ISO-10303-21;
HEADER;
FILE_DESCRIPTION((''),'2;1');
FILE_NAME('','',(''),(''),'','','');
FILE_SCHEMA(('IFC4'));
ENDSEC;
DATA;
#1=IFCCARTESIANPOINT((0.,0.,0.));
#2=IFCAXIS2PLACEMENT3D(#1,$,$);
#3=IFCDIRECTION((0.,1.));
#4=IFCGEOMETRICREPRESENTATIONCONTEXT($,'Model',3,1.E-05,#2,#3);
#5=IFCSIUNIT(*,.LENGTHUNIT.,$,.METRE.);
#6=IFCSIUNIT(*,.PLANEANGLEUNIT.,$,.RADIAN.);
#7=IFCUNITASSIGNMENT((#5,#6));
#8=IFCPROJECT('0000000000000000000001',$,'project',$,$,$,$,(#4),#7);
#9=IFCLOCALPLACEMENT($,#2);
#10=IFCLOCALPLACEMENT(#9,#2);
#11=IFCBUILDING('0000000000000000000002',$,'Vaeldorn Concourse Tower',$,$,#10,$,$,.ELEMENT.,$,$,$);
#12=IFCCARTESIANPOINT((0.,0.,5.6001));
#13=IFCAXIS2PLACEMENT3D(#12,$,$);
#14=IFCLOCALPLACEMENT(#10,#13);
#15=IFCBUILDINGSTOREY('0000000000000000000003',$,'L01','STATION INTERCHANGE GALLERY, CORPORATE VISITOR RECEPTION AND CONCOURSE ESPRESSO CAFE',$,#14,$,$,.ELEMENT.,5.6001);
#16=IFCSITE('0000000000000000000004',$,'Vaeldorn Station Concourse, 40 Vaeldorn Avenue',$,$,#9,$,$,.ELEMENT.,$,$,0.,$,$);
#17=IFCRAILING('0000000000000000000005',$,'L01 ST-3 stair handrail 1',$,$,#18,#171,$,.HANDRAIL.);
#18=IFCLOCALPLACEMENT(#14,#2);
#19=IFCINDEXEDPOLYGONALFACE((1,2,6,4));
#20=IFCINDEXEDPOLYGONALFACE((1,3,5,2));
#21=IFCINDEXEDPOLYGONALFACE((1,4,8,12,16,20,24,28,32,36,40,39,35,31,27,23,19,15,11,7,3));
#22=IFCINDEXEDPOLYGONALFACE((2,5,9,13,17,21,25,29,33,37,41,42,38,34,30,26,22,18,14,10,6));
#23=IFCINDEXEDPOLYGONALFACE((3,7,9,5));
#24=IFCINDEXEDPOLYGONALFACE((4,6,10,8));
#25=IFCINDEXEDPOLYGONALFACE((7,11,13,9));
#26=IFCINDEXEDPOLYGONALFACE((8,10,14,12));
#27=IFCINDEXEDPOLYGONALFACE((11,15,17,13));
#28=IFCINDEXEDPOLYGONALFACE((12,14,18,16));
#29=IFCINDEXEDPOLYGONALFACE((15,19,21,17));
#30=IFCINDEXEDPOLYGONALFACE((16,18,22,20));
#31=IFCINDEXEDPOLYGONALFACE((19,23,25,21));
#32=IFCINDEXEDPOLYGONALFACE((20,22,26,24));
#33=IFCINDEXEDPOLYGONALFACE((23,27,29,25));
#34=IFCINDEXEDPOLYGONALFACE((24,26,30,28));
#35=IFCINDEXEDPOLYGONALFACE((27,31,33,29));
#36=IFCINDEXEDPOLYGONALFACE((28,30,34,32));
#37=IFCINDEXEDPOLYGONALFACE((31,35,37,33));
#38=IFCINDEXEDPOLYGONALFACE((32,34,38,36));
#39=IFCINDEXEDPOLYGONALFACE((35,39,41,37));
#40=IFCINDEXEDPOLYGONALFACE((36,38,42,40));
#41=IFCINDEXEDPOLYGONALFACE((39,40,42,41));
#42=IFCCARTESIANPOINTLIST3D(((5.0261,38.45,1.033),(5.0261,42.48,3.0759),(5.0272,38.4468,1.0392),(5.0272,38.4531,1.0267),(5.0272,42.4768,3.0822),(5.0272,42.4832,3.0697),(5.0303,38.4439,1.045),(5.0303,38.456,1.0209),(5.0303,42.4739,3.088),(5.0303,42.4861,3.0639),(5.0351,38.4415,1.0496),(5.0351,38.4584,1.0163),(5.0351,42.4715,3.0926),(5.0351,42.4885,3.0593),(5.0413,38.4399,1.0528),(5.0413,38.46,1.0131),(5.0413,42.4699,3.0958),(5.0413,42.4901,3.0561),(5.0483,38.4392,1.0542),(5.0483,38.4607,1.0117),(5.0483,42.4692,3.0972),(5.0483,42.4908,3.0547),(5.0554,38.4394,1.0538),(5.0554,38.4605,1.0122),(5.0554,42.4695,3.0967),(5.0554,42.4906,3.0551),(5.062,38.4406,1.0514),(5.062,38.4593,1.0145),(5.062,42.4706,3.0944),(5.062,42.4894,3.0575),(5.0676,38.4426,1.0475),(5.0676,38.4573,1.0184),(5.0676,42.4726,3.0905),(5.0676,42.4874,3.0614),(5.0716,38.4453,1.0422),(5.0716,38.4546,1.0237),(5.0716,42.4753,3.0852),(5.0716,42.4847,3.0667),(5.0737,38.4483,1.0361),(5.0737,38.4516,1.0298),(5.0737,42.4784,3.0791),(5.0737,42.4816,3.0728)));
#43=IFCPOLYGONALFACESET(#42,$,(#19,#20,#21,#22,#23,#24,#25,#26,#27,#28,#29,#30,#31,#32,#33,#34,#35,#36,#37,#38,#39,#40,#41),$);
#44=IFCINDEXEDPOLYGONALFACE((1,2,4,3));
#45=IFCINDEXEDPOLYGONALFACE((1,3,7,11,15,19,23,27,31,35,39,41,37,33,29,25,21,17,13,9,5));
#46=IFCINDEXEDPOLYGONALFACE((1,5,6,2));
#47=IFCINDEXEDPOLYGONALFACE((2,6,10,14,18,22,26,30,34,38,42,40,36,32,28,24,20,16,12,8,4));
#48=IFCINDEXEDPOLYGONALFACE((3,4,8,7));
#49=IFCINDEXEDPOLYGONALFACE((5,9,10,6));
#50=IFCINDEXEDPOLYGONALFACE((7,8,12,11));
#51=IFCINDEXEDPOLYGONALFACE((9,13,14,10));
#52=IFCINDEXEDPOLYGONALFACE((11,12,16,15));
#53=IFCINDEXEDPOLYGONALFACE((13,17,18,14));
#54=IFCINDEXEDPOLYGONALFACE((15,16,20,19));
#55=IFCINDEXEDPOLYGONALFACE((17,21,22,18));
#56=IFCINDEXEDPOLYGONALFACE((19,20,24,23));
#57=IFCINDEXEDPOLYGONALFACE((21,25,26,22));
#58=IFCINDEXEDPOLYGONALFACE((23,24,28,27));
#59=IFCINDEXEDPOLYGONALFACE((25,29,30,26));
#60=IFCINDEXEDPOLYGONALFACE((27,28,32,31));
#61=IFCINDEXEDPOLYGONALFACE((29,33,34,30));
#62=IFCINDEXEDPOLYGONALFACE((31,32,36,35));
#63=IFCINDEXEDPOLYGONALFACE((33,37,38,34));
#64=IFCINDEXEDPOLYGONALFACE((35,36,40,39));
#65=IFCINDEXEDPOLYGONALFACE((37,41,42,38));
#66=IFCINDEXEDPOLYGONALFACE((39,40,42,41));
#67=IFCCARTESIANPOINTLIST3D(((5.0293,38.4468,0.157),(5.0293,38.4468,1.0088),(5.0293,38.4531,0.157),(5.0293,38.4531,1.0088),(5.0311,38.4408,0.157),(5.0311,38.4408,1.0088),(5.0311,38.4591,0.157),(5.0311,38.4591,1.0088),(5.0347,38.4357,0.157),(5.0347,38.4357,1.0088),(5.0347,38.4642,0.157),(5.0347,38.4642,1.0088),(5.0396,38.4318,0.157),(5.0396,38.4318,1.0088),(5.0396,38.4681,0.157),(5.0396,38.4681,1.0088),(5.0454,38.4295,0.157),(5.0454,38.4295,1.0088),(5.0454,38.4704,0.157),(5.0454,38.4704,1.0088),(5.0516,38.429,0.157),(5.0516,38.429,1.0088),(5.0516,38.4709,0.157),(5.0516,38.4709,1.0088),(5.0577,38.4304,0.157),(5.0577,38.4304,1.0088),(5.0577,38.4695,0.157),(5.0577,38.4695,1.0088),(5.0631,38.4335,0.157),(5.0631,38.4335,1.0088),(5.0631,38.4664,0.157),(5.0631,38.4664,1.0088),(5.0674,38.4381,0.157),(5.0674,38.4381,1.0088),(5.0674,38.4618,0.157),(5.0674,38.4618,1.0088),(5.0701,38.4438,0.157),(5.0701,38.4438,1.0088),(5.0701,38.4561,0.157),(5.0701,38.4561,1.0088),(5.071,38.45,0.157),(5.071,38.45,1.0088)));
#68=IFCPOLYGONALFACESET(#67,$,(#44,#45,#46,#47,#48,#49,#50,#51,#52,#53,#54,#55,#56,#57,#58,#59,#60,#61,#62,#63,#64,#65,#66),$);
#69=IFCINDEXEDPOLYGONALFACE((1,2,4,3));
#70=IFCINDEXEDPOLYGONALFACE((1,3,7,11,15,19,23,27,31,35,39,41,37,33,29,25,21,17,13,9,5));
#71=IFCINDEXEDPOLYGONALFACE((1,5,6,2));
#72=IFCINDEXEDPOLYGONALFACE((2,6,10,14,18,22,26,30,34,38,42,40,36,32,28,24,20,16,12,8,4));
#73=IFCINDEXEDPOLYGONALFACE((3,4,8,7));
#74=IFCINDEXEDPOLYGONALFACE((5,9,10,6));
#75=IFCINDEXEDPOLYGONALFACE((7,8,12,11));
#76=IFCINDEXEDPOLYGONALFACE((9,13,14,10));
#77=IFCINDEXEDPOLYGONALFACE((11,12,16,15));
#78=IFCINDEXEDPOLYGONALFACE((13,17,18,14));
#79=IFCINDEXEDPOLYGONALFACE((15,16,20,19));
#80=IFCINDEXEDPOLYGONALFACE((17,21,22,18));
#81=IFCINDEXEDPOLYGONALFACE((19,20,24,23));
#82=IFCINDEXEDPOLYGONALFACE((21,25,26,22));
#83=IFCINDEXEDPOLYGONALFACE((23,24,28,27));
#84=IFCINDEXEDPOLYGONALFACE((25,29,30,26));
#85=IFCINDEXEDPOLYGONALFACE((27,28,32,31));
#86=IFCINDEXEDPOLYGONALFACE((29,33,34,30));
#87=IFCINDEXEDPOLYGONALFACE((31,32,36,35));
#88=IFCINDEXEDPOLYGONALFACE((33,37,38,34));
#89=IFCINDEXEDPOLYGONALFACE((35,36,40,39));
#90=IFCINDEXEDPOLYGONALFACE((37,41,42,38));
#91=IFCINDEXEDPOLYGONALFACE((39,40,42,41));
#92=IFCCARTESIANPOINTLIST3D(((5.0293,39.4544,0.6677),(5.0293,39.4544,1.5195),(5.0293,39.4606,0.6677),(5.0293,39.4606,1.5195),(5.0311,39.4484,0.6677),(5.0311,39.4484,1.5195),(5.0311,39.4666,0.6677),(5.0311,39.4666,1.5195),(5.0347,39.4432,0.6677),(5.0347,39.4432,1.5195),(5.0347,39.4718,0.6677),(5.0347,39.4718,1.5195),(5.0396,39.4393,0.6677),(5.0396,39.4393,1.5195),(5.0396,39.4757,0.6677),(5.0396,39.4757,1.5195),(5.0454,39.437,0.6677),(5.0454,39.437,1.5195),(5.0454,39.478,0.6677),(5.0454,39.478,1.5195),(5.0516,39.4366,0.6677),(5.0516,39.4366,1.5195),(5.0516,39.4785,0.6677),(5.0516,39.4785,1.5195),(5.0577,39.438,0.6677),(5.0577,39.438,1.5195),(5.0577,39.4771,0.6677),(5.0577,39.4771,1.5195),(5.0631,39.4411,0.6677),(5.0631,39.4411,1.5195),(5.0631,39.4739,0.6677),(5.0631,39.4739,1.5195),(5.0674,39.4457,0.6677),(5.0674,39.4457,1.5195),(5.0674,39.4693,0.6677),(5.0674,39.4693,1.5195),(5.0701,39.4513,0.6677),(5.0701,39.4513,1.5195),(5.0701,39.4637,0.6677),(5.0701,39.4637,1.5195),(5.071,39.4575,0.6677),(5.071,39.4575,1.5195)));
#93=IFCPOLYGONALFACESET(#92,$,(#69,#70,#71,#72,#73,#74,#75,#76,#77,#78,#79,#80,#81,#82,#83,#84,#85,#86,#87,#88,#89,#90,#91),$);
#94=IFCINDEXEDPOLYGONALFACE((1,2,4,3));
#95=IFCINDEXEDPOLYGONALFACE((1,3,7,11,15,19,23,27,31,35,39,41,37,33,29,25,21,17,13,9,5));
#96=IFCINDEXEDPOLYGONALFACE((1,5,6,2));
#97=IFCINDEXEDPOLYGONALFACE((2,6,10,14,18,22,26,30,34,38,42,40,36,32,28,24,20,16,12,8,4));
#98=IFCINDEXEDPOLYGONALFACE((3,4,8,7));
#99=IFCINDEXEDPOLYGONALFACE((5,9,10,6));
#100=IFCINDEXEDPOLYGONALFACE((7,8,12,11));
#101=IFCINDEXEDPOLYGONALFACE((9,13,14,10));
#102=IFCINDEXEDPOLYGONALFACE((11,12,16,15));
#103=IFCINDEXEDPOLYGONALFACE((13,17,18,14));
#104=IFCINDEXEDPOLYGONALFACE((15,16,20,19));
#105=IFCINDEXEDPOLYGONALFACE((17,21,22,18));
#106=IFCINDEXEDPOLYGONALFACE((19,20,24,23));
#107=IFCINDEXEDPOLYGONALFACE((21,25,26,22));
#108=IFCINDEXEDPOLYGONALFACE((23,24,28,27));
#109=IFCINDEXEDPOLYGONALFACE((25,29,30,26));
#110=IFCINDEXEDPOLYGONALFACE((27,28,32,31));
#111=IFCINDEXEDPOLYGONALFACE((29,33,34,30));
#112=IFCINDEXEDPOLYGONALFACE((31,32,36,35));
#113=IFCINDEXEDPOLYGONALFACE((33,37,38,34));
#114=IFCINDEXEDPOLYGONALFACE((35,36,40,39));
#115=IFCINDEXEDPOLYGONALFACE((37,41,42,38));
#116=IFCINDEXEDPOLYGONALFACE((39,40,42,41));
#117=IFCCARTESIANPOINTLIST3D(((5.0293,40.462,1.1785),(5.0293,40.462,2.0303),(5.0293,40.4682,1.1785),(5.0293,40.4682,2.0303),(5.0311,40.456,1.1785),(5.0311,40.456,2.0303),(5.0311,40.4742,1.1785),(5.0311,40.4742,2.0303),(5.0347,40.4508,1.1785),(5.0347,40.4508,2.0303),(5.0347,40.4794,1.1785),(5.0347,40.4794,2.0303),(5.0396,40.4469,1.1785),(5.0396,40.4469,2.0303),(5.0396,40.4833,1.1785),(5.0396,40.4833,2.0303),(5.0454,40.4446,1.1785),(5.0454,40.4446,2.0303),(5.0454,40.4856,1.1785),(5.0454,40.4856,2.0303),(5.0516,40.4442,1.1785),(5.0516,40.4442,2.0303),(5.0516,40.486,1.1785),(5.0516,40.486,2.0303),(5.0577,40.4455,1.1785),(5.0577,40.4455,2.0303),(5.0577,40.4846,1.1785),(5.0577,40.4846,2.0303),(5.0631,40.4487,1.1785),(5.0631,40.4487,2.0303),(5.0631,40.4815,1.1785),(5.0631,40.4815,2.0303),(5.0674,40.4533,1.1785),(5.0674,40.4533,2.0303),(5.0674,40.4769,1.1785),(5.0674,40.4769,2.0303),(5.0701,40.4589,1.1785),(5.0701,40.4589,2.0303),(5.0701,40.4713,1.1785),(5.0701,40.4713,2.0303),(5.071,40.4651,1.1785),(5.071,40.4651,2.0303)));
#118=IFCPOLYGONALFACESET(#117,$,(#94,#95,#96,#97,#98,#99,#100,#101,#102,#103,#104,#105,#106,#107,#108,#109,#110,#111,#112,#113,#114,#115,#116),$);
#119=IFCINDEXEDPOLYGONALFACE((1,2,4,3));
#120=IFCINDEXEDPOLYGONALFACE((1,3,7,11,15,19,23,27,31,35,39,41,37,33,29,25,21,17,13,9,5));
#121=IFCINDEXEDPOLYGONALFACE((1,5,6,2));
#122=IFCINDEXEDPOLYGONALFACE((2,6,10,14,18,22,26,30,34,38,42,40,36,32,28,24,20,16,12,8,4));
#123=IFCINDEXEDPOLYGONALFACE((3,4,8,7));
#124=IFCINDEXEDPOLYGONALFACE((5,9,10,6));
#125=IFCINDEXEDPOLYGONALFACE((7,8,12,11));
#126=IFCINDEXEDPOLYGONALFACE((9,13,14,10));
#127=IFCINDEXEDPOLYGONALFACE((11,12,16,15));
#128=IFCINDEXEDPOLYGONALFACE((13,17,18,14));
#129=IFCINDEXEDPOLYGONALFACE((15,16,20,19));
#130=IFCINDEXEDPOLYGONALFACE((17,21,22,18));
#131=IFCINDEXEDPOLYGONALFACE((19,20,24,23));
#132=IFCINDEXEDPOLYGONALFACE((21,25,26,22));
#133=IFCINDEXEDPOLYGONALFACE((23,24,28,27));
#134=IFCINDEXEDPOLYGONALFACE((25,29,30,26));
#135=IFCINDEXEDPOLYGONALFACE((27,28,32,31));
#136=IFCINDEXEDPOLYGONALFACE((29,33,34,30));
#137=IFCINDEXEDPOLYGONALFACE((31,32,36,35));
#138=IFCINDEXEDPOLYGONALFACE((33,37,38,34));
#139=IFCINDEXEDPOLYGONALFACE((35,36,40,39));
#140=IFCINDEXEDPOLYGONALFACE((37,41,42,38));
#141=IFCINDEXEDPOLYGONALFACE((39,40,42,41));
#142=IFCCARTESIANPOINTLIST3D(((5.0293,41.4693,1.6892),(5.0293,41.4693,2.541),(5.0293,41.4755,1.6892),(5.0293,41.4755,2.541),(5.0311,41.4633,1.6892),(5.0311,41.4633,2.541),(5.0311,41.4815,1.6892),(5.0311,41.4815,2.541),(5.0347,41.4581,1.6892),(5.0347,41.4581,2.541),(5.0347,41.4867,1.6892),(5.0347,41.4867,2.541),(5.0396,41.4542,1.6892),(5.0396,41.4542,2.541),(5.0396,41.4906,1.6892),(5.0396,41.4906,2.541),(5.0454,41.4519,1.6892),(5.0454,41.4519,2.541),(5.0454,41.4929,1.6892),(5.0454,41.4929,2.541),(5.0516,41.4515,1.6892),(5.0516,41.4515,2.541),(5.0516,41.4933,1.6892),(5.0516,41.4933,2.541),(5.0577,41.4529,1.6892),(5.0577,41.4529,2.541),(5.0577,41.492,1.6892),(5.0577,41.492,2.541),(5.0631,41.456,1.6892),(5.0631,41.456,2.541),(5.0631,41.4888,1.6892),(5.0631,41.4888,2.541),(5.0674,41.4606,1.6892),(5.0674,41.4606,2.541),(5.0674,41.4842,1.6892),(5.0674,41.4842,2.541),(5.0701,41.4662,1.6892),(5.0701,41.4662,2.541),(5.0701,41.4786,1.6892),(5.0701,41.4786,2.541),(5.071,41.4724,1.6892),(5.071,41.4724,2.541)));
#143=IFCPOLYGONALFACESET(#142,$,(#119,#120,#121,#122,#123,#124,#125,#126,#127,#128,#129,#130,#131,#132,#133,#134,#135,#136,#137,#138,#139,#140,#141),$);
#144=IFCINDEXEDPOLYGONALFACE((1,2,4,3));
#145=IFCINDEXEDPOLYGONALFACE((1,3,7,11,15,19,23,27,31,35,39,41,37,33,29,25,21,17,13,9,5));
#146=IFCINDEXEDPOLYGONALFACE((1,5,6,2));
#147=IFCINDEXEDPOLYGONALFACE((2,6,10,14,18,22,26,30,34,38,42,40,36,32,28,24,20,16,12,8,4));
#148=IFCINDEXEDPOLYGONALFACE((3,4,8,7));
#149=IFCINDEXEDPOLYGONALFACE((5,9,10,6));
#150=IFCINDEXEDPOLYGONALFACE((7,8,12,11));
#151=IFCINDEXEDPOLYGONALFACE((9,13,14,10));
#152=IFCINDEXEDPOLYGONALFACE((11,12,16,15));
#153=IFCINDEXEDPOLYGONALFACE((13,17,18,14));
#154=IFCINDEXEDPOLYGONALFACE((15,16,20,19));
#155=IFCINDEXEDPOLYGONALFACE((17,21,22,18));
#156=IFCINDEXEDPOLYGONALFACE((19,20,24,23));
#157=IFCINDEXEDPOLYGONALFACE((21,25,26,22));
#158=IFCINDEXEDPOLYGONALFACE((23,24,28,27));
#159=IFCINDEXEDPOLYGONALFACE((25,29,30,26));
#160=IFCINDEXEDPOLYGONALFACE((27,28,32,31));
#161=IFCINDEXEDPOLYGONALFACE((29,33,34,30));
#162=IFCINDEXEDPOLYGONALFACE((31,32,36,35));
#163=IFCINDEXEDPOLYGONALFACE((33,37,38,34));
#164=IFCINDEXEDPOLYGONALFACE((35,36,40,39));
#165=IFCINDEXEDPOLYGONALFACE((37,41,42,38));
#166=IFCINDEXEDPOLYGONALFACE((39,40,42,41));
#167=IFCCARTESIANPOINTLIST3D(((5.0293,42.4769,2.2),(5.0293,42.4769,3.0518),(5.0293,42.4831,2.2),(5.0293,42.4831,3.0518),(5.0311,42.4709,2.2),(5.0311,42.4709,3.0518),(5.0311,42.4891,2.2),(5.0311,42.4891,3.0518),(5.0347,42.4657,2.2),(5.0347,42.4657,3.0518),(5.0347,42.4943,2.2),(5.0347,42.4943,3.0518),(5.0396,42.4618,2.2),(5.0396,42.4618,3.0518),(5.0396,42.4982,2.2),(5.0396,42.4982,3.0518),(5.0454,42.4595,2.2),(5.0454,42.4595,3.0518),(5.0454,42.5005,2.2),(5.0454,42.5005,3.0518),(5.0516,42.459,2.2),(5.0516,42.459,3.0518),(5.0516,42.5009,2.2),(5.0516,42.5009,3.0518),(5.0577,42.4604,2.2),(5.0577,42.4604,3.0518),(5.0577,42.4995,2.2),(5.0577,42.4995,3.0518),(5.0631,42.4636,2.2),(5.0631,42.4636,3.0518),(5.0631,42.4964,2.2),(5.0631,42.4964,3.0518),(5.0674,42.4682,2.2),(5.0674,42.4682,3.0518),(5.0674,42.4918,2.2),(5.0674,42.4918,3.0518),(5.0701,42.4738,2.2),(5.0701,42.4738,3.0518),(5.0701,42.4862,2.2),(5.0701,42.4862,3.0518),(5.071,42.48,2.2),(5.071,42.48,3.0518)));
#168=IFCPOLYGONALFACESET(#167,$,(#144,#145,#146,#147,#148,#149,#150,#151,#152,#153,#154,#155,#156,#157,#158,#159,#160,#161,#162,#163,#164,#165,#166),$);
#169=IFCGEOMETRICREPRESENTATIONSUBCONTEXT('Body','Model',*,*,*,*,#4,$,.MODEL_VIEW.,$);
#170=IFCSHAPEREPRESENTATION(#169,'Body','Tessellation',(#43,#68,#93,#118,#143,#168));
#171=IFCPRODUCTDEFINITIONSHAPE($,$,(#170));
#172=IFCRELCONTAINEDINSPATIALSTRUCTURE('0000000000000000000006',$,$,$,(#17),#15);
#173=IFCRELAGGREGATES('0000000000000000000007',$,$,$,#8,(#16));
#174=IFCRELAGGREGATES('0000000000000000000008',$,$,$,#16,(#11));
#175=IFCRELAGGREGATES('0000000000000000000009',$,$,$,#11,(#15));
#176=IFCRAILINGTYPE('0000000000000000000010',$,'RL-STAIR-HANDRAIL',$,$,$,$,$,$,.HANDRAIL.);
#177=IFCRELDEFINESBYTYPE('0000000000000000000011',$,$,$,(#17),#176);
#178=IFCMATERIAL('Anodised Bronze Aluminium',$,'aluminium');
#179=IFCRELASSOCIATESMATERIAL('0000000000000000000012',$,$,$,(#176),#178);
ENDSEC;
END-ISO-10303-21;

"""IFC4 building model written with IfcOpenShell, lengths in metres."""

from ifc_helpers import new_model, si_unit, direction, frame, origin, origin_2d, place, context, subcontext, project, spatial, circle, extrude, material, type_object, element, save


model = new_model("IFC4")

# Units and contexts
model_context = context("Model", 3, precision=1e-05, world=origin(), true_north=direction((0.0, 1.0)))
body_context = subcontext(model_context, "Body", "Model", "MODEL_VIEW")
ifc_project = project(units=[si_unit("LENGTHUNIT", "METRE"), si_unit("PLANEANGLEUNIT", "RADIAN")], contexts=[model_context])

# Site, building, storey
site_placement = place(None, origin())
site = spatial("IfcSite", under=ifc_project, at=site_placement, Name="Vaeldorn Station Concourse, 40 Vaeldorn Avenue", CompositionType="ELEMENT", RefElevation=0.0)
building_placement = place(site_placement, origin())
building = spatial("IfcBuilding", under=site, at=building_placement, Name="Vaeldorn Concourse Tower", CompositionType="ELEMENT")
storey_placement = place(building_placement, frame((0.0, 0.0, 5.6001)))
storey = spatial("IfcBuildingStorey", under=building, at=storey_placement, Name="L01", Description="STATION INTERCHANGE GALLERY, CORPORATE VISITOR RECEPTION AND CONCOURSE ESPRESSO CAFE", CompositionType="ELEMENT", Elevation=5.6001)

# Shared definitions
ifc_material_1 = material(Name="Anodised Bronze Aluminium", Category="aluminium")

# Railing
railing_type_1 = type_object("IfcRailingType", Name="RL-STAIR-HANDRAIL", PredefinedType="HANDRAIL", material=ifc_material_1)
railing_1_placement = place(storey_placement, frame((5.05, 38.45, 0.157)))
element("IfcRailing", 1, at=railing_1_placement, inside=storey, type_object=railing_type_1, Name="L01 ST-3 stair handrail 1", PredefinedType="HANDRAIL", context=body_context, shape_type="SweptSolid", body=[
    extrude(circle(Radius=0.0239, at=origin_2d()), frame((0.0, 0.0, 0.876), z_axis=(0.0, 0.891939, 0.452156), x_axis=(-1.0, 0.0, 0.0)), (0.0, 0.0, 1.0), 4.5183),
    extrude(circle(Radius=0.021, at=origin_2d()), origin(), (0.0, 0.0, 1.0), 0.8518),
    extrude(circle(Radius=0.021, at=origin_2d()), frame((0.0, 1.0076, 0.5107)), (0.0, 0.0, 1.0), 0.8518),
    extrude(circle(Radius=0.021, at=origin_2d()), frame((0.0, 2.0151, 1.0215)), (0.0, 0.0, 1.0), 0.8518),
    extrude(circle(Radius=0.021, at=origin_2d()), frame((0.0, 3.0225, 1.5322)), (0.0, 0.0, 1.0), 0.8518),
    extrude(circle(Radius=0.021, at=origin_2d()), frame((0.0, 4.03, 2.043)), (0.0, 0.0, 1.0), 0.8518),
])

save(model, "model.ifc")
